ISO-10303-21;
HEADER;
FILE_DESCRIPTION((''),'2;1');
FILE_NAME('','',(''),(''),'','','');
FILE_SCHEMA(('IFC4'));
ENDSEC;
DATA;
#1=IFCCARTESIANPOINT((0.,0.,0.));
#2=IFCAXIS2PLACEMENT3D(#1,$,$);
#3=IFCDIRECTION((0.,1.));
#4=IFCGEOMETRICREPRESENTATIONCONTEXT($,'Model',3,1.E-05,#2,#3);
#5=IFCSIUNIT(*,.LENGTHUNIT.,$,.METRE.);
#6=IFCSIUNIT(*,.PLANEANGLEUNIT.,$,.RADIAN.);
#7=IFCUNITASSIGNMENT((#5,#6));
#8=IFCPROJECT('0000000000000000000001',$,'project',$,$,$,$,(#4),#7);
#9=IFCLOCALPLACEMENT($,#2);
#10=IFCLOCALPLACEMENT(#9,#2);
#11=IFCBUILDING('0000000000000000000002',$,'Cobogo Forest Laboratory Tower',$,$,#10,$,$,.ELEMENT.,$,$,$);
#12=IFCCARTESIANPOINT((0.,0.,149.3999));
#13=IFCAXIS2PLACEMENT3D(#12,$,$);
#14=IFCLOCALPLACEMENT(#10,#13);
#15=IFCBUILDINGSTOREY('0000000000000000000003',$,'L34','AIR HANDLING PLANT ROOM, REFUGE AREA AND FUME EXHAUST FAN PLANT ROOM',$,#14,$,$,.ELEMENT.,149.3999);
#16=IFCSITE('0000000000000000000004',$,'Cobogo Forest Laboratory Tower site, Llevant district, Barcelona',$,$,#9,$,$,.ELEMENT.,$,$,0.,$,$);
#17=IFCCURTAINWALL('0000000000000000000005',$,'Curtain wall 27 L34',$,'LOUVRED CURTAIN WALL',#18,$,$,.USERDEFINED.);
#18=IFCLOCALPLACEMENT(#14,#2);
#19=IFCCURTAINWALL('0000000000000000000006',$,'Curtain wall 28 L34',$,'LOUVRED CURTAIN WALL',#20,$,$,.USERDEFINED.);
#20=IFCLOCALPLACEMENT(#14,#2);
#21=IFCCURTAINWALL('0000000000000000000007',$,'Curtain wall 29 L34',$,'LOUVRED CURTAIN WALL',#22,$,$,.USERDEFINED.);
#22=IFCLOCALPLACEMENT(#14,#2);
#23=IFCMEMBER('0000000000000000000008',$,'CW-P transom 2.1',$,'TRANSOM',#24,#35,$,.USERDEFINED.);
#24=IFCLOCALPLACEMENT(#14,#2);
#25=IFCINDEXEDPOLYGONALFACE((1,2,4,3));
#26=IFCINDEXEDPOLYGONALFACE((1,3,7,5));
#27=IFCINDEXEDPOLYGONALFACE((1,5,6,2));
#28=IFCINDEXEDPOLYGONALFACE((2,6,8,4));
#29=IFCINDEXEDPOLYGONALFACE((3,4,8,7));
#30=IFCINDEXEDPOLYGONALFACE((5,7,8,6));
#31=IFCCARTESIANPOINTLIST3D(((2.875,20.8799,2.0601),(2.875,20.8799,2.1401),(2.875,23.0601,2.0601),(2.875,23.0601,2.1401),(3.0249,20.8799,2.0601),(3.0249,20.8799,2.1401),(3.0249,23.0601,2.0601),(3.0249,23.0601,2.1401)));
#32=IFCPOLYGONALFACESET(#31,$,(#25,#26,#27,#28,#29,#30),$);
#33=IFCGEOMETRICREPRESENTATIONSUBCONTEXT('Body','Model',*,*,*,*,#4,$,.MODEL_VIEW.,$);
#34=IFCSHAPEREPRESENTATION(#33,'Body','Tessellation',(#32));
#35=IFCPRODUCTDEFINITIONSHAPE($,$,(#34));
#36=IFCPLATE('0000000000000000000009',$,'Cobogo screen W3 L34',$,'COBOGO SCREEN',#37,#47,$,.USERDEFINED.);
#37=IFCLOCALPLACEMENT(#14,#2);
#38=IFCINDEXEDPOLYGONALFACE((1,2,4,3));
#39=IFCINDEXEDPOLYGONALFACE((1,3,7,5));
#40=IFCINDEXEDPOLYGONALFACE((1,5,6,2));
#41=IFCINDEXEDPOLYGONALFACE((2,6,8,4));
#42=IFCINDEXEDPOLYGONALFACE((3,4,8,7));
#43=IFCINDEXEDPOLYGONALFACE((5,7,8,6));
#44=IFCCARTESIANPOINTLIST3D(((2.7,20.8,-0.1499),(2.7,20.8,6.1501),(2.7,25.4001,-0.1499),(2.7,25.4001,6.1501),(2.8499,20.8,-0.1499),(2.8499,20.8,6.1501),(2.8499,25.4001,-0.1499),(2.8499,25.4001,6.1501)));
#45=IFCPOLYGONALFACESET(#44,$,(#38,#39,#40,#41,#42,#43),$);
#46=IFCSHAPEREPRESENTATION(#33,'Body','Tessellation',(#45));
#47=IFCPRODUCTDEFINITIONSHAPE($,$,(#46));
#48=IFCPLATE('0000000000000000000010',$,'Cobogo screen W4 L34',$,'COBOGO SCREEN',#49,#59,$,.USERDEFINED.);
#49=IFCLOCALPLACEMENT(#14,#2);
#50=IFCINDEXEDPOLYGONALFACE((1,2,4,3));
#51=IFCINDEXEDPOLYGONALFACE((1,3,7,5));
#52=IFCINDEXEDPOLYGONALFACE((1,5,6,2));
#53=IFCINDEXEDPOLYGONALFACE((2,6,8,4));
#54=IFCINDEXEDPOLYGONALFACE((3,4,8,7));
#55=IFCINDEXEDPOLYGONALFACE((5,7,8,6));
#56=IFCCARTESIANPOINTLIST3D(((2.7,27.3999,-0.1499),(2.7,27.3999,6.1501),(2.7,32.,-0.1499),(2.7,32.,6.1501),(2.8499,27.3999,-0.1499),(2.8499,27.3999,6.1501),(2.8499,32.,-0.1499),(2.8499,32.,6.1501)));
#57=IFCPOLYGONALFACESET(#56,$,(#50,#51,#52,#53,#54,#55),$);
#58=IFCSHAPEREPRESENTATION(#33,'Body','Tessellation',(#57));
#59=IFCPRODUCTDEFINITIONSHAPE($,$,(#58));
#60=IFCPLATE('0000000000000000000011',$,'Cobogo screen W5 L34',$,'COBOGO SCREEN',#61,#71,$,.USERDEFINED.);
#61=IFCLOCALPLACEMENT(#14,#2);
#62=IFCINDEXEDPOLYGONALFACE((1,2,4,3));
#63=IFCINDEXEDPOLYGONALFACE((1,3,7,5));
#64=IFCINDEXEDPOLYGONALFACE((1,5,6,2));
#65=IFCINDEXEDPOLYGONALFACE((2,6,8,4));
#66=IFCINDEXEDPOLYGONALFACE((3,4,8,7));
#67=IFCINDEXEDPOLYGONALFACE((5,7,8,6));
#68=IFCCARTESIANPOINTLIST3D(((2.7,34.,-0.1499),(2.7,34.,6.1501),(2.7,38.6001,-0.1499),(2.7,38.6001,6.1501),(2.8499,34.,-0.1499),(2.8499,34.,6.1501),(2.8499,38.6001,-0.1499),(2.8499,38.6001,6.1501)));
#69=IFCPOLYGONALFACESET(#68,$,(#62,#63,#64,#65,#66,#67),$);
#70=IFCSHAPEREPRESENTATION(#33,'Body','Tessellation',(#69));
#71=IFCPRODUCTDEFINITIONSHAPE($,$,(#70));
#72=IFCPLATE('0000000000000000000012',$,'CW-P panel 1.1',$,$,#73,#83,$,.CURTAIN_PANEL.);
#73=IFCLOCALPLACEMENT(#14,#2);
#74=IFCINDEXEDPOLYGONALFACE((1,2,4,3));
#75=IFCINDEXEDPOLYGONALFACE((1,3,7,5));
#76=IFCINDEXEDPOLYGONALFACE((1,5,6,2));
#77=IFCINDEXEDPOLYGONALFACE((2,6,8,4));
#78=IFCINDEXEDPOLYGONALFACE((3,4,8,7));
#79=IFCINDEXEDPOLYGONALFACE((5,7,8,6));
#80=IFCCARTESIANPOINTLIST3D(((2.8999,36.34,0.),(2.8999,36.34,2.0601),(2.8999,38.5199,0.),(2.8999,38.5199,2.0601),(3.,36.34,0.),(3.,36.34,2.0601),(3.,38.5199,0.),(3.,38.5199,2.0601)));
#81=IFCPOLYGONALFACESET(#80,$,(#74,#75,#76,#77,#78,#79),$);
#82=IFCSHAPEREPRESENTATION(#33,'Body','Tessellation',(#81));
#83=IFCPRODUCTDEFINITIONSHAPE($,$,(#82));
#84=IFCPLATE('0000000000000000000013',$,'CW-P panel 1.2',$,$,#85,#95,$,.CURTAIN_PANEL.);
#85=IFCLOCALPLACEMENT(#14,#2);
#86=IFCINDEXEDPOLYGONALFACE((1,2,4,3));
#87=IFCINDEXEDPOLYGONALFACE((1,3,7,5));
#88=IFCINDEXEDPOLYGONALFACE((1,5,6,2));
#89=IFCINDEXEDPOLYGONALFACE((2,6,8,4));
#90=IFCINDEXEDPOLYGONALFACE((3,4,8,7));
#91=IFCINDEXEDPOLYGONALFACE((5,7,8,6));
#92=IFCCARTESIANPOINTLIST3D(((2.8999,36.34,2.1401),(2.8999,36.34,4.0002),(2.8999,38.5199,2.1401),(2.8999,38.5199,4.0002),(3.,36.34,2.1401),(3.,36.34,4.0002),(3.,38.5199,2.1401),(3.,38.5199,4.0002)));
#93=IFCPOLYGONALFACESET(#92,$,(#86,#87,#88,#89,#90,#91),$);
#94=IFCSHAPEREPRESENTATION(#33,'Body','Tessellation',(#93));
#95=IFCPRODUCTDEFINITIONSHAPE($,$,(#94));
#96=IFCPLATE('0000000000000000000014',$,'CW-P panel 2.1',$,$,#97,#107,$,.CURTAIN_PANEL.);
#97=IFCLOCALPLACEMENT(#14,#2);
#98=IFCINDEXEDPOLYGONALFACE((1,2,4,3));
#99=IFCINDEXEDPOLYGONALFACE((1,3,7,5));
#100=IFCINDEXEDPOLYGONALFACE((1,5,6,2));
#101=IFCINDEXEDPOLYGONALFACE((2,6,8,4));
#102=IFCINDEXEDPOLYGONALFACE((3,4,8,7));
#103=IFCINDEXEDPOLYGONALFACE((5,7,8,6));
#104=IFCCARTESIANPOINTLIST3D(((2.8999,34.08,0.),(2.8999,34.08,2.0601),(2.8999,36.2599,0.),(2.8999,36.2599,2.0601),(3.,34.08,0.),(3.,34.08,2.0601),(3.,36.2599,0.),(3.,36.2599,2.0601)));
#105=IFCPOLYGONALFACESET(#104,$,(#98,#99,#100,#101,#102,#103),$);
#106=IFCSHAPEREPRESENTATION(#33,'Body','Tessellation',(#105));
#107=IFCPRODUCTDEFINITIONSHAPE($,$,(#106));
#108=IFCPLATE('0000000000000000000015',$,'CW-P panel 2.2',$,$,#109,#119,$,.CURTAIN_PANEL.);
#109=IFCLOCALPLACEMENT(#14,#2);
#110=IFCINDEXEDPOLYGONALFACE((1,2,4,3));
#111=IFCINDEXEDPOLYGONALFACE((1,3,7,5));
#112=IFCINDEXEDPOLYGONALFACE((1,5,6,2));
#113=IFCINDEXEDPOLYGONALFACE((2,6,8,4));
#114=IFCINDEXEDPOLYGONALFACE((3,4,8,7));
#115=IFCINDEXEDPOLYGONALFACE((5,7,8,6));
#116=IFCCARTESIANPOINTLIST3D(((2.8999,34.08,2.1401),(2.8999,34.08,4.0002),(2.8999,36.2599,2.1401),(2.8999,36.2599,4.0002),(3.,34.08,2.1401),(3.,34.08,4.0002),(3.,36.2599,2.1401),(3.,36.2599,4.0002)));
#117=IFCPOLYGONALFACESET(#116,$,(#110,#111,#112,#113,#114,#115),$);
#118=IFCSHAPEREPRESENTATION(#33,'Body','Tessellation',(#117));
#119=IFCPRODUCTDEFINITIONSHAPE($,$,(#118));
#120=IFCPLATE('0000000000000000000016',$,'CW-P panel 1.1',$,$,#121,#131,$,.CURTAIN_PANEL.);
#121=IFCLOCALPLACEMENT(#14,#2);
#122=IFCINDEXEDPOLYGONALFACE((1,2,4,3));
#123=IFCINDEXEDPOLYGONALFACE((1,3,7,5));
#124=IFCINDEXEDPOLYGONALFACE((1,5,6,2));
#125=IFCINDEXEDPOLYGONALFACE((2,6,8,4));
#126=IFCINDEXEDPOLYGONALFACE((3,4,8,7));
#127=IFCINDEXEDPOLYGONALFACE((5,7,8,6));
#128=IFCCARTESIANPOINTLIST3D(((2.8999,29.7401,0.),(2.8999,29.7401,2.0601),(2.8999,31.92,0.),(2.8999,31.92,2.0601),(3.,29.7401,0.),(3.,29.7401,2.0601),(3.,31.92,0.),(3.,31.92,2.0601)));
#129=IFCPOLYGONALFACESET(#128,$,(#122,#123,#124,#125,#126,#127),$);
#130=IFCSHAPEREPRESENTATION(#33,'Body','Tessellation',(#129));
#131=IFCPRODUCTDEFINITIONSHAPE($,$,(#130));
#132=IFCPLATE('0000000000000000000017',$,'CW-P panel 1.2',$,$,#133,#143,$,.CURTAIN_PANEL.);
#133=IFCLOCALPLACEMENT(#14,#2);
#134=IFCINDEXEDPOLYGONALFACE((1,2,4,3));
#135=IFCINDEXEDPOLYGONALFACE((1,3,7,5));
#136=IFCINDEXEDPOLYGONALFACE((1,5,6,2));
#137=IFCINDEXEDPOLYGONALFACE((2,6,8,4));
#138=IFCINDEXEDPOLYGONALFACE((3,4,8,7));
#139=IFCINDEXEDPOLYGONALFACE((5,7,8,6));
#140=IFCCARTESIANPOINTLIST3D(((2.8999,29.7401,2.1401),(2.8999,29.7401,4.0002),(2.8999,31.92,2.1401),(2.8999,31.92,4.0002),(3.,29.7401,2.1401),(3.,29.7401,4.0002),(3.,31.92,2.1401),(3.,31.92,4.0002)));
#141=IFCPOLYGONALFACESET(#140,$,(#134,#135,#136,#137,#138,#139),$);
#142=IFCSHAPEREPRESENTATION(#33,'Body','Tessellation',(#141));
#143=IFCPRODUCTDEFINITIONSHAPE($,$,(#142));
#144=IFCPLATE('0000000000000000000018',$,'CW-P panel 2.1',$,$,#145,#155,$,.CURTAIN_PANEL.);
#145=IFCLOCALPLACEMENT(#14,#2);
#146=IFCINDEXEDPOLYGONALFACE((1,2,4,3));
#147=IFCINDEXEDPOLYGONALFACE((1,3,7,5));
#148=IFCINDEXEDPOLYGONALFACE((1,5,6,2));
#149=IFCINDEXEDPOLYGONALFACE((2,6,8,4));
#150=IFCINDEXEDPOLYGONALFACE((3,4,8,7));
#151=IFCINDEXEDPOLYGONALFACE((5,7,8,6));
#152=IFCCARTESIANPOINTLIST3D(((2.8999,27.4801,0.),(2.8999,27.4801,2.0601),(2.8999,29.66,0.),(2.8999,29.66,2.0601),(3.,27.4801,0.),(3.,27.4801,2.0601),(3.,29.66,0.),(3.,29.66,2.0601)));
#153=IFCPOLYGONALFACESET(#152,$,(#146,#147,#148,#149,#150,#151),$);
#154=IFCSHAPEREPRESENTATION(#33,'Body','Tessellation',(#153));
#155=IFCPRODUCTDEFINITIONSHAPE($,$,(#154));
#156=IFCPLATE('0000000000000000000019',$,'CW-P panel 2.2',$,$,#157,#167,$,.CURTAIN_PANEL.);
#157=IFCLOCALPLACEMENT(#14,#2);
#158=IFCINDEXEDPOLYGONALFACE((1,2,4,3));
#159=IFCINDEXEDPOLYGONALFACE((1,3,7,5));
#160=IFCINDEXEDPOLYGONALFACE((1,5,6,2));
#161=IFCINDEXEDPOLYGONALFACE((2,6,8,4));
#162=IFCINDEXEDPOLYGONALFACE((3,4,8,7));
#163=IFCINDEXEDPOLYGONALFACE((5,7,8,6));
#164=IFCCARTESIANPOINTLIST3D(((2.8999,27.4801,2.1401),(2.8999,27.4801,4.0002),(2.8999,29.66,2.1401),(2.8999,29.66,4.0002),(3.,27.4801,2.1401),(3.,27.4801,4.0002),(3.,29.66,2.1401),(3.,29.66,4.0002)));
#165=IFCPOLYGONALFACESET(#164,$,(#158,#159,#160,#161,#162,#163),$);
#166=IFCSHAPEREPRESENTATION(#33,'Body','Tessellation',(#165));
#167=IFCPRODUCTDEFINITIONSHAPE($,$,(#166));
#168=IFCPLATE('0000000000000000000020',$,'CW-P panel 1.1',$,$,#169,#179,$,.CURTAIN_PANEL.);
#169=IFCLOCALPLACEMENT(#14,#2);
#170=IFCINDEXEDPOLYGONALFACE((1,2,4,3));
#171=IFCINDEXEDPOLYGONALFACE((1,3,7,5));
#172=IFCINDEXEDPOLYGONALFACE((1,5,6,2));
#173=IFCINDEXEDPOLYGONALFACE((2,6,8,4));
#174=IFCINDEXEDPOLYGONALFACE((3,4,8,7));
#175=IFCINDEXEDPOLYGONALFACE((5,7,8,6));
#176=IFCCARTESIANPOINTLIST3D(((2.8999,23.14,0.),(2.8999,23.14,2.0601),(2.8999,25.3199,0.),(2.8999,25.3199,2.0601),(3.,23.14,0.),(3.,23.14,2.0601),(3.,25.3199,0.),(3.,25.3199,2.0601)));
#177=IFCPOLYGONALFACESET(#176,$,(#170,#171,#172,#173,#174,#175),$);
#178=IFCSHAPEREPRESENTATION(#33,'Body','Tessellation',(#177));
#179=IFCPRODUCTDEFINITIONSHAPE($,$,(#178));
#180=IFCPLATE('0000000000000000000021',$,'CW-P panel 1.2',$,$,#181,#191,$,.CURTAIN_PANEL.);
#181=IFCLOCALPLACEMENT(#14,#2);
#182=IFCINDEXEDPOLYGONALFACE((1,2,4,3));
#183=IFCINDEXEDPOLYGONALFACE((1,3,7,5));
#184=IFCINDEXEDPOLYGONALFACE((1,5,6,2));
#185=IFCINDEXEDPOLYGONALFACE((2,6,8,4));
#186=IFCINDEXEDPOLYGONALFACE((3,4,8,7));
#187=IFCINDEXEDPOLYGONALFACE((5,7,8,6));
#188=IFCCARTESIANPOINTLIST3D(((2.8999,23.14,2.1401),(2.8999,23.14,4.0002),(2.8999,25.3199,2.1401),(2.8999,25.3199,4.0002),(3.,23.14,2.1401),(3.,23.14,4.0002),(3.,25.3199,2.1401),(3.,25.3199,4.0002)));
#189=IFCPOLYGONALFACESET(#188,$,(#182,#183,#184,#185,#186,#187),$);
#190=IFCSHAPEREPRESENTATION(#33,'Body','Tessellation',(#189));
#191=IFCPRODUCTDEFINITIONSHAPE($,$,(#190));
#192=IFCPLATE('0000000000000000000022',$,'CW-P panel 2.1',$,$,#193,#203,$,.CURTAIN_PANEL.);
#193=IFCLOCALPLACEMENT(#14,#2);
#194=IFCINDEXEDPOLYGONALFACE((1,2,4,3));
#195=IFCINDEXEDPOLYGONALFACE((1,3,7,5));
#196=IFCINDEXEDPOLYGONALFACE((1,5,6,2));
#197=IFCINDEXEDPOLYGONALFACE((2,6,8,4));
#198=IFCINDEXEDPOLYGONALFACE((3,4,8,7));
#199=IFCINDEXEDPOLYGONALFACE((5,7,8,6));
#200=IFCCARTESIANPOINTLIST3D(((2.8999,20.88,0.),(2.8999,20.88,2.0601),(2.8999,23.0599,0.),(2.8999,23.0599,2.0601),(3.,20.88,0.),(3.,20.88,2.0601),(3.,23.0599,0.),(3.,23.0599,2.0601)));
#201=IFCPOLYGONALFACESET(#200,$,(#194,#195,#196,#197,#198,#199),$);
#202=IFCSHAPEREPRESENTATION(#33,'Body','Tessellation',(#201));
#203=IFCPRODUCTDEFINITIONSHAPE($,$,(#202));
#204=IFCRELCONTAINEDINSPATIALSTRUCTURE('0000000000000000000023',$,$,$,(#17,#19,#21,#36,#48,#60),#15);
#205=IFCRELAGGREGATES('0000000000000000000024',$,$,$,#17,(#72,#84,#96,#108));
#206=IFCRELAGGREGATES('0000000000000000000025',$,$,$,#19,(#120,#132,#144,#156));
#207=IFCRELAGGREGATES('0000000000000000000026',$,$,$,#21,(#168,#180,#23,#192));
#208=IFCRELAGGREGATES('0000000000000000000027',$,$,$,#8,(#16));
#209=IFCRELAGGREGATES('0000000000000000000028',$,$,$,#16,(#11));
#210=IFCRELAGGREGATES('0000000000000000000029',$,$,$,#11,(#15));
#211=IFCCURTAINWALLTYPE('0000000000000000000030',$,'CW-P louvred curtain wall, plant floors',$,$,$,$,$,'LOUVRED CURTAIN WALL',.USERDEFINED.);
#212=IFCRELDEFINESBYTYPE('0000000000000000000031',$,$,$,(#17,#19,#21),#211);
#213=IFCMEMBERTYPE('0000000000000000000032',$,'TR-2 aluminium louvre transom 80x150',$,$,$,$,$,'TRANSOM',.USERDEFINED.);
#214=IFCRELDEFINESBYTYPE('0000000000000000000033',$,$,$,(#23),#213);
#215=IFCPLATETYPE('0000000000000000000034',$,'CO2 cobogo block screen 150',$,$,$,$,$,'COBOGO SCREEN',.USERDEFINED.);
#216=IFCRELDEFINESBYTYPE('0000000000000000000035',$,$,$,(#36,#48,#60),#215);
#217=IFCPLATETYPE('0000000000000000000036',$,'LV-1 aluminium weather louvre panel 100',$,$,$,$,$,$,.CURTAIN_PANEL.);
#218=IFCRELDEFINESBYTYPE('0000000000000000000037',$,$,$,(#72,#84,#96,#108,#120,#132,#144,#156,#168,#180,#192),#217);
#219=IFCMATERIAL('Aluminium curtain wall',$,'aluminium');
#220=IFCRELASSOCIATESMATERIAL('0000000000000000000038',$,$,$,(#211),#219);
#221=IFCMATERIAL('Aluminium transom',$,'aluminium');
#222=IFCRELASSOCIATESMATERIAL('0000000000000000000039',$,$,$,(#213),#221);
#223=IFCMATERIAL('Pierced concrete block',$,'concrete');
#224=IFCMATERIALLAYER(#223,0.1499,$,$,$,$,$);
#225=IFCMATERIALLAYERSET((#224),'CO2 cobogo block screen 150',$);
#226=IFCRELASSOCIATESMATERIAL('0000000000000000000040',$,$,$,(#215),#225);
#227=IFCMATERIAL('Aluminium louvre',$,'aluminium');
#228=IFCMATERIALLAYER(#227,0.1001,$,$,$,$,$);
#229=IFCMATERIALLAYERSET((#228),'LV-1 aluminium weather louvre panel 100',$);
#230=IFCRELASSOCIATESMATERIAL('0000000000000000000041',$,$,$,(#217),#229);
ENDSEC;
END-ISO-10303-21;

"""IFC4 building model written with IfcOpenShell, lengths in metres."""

from ifc_helpers import new_model, si_unit, direction, frame, origin, origin_2d, place, context, subcontext, project, spatial, rectangle, extrude, material, layer, layer_set, material_profile, profile_set, type_object, element, aggregate, save


model = new_model("IFC4")

# Units and contexts
model_context = context("Model", 3, precision=1e-05, world=origin(), true_north=direction((0.0, 1.0)))
body_context = subcontext(model_context, "Body", "Model", "MODEL_VIEW")
ifc_project = project(units=[si_unit("LENGTHUNIT", "METRE"), si_unit("PLANEANGLEUNIT", "RADIAN")], contexts=[model_context])

# Site, building, storey
site_placement = place(None, origin())
site = spatial("IfcSite", under=ifc_project, at=site_placement, Name="Cobogo Forest Laboratory Tower site, Llevant district, Barcelona", CompositionType="ELEMENT", RefElevation=0.0)
building_placement = place(site_placement, origin())
building = spatial("IfcBuilding", under=site, at=building_placement, Name="Cobogo Forest Laboratory Tower", CompositionType="ELEMENT")
storey_placement = place(building_placement, frame((0.0, 0.0, 149.3999)))
storey = spatial("IfcBuildingStorey", under=building, at=storey_placement, Name="L34", Description="AIR HANDLING PLANT ROOM, REFUGE AREA AND FUME EXHAUST FAN PLANT ROOM", CompositionType="ELEMENT", Elevation=149.3999)

# Curtain walls
ifc_material_1 = material(Name="Aluminium curtain wall", Category="aluminium")
curtain_wall_type = type_object("IfcCurtainWallType", Name="CW-P louvred curtain wall, plant floors", ElementType="LOUVRED CURTAIN WALL", PredefinedType="USERDEFINED", material=ifc_material_1)
curtain_wall_1_placement = place(storey_placement, origin())
curtain_wall_1 = element("IfcCurtainWall", 1, at=curtain_wall_1_placement, inside=storey, type_object=curtain_wall_type, Name="Curtain wall 27 L34", ObjectType="LOUVRED CURTAIN WALL", PredefinedType="USERDEFINED")
curtain_wall_2_placement = place(storey_placement, origin())
curtain_wall_2 = element("IfcCurtainWall", 2, at=curtain_wall_2_placement, inside=storey, type_object=curtain_wall_type, Name="Curtain wall 28 L34", ObjectType="LOUVRED CURTAIN WALL", PredefinedType="USERDEFINED")
curtain_wall_3_placement = place(storey_placement, origin())
curtain_wall_3 = element("IfcCurtainWall", 3, at=curtain_wall_3_placement, inside=storey, type_object=curtain_wall_type, Name="Curtain wall 29 L34", ObjectType="LOUVRED CURTAIN WALL", PredefinedType="USERDEFINED")

# Member
ifc_material_2 = material(Name="Aluminium transom", Category="aluminium")
ifc_material_profile_1 = material_profile(ifc_material_2, rectangle(XDim=0.1499, YDim=0.0801, at=origin_2d()), Name="AL 80x150")
ifc_profile_set_1 = profile_set([ifc_material_profile_1], Name="Aluminium transom")
member_type_1 = type_object("IfcMemberType", Name="TR-2 aluminium louvre transom 80x150", ElementType="TRANSOM", PredefinedType="USERDEFINED", material=ifc_profile_set_1)
member_1_placement = place(storey_placement, frame((2.95, 23.0601, 2.1001), z_axis=(0.0, -1.0, 0.0), x_axis=(1.0, 0.0, 0.0)))
member_1 = element("IfcMember", 4, at=member_1_placement, type_object=member_type_1, Name="CW-P transom 2.1", ObjectType="TRANSOM", PredefinedType="USERDEFINED", context=body_context, shape_type="SweptSolid", body=[
    extrude(rectangle(XDim=0.1499, YDim=0.0801, at=origin_2d()), origin(), (0.0, 0.0, 1.0), 2.1802),
])

# Plates
ifc_material_3 = material(Name="Pierced concrete block", Category="concrete")
ifc_layer_1 = layer(ifc_material_3, 0.1499)
ifc_layer_set_1 = layer_set([ifc_layer_1], Name="CO2 cobogo block screen 150")
plate_type_1 = type_object("IfcPlateType", Name="CO2 cobogo block screen 150", ElementType="COBOGO SCREEN", PredefinedType="USERDEFINED", material=ifc_layer_set_1)
for number, where, z_axis, x_axis, name in (
    (5, (2.7749, 23.1001, -0.1499), (0.0, 0.0, 1.0), (0.0, 1.0, 0.0), "Cobogo screen W3 L34"),
    (6, (2.7749, 29.7, -0.1499), (0.0, 0.0, 1.0), (0.0, 1.0, 0.0), "Cobogo screen W4 L34"),
    (7, (2.7749, 36.3, -0.1499), (0.0, 0.0, 1.0), (0.0, 1.0, 0.0), "Cobogo screen W5 L34"),
):
    element("IfcPlate", number, at=place(storey_placement, frame(where, z_axis=z_axis, x_axis=x_axis)), inside=storey, type_object=plate_type_1, Name=name, ObjectType="COBOGO SCREEN", PredefinedType="USERDEFINED", context=body_context, shape_type="SweptSolid", body=[
        extrude(rectangle(XDim=4.6001, YDim=0.1499, at=origin_2d()), origin(), (0.0, 0.0, 1.0), 6.3),
    ])

# Plates
ifc_material_4 = material(Name="Aluminium louvre", Category="aluminium")
ifc_layer_2 = layer(ifc_material_4, 0.1001)
ifc_layer_set_2 = layer_set([ifc_layer_2], Name="LV-1 aluminium weather louvre panel 100")
plate_type_2 = type_object("IfcPlateType", Name="LV-1 aluminium weather louvre panel 100", PredefinedType="CURTAIN_PANEL", material=ifc_layer_set_2)
plate_1_placement = place(storey_placement, frame((2.95, 37.4299, 0.0), z_axis=(0.0, 0.0, 1.0), x_axis=(0.0, -1.0, 0.0)))
plate_1 = element("IfcPlate", 8, at=plate_1_placement, type_object=plate_type_2, Name="CW-P panel 1.1", PredefinedType="CURTAIN_PANEL", context=body_context, shape_type="SweptSolid", body=[
    extrude(rectangle(XDim=2.1799, YDim=0.1001, at=origin_2d()), origin(), (0.0, 0.0, 1.0), 2.0601),
])
plate_2_placement = place(storey_placement, frame((2.95, 37.4299, 2.1401), z_axis=(0.0, 0.0, 1.0), x_axis=(0.0, -1.0, 0.0)))
plate_2 = element("IfcPlate", 9, at=plate_2_placement, type_object=plate_type_2, Name="CW-P panel 1.2", PredefinedType="CURTAIN_PANEL", context=body_context, shape_type="SweptSolid", body=[
    extrude(rectangle(XDim=2.1799, YDim=0.1001, at=origin_2d()), origin(), (0.0, 0.0, 1.0), 1.8601),
])
plate_3_placement = place(storey_placement, frame((2.95, 35.1699, 0.0), z_axis=(0.0, 0.0, 1.0), x_axis=(0.0, -1.0, 0.0)))
plate_3 = element("IfcPlate", 10, at=plate_3_placement, type_object=plate_type_2, Name="CW-P panel 2.1", PredefinedType="CURTAIN_PANEL", context=body_context, shape_type="SweptSolid", body=[
    extrude(rectangle(XDim=2.1799, YDim=0.1001, at=origin_2d()), origin(), (0.0, 0.0, 1.0), 2.0601),
])
plate_4_placement = place(storey_placement, frame((2.95, 35.1699, 2.1401), z_axis=(0.0, 0.0, 1.0), x_axis=(0.0, -1.0, 0.0)))
plate_4 = element("IfcPlate", 11, at=plate_4_placement, type_object=plate_type_2, Name="CW-P panel 2.2", PredefinedType="CURTAIN_PANEL", context=body_context, shape_type="SweptSolid", body=[
    extrude(rectangle(XDim=2.1799, YDim=0.1001, at=origin_2d()), origin(), (0.0, 0.0, 1.0), 1.8601),
])
aggregate(curtain_wall_1, [plate_1, plate_2, plate_3, plate_4])
plate_5_placement = place(storey_placement, frame((2.95, 30.8301, 0.0), z_axis=(0.0, 0.0, 1.0), x_axis=(0.0, -1.0, 0.0)))
plate_5 = element("IfcPlate", 12, at=plate_5_placement, type_object=plate_type_2, Name="CW-P panel 1.1", PredefinedType="CURTAIN_PANEL", context=body_context, shape_type="SweptSolid", body=[
    extrude(rectangle(XDim=2.1799, YDim=0.1001, at=origin_2d()), origin(), (0.0, 0.0, 1.0), 2.0601),
])
plate_6_placement = place(storey_placement, frame((2.95, 30.8301, 2.1401), z_axis=(0.0, 0.0, 1.0), x_axis=(0.0, -1.0, 0.0)))
plate_6 = element("IfcPlate", 13, at=plate_6_placement, type_object=plate_type_2, Name="CW-P panel 1.2", PredefinedType="CURTAIN_PANEL", context=body_context, shape_type="SweptSolid", body=[
    extrude(rectangle(XDim=2.1799, YDim=0.1001, at=origin_2d()), origin(), (0.0, 0.0, 1.0), 1.8601),
])
plate_7_placement = place(storey_placement, frame((2.95, 28.5701, 0.0), z_axis=(0.0, 0.0, 1.0), x_axis=(0.0, -1.0, 0.0)))
plate_7 = element("IfcPlate", 14, at=plate_7_placement, type_object=plate_type_2, Name="CW-P panel 2.1", PredefinedType="CURTAIN_PANEL", context=body_context, shape_type="SweptSolid", body=[
    extrude(rectangle(XDim=2.1799, YDim=0.1001, at=origin_2d()), origin(), (0.0, 0.0, 1.0), 2.0601),
])
plate_8_placement = place(storey_placement, frame((2.95, 28.5701, 2.1401), z_axis=(0.0, 0.0, 1.0), x_axis=(0.0, -1.0, 0.0)))
plate_8 = element("IfcPlate", 15, at=plate_8_placement, type_object=plate_type_2, Name="CW-P panel 2.2", PredefinedType="CURTAIN_PANEL", context=body_context, shape_type="SweptSolid", body=[
    extrude(rectangle(XDim=2.1799, YDim=0.1001, at=origin_2d()), origin(), (0.0, 0.0, 1.0), 1.8601),
])
aggregate(curtain_wall_2, [plate_5, plate_6, plate_7, plate_8])
plate_9_placement = place(storey_placement, frame((2.95, 24.23, 0.0), z_axis=(0.0, 0.0, 1.0), x_axis=(0.0, -1.0, 0.0)))
plate_9 = element("IfcPlate", 16, at=plate_9_placement, type_object=plate_type_2, Name="CW-P panel 1.1", PredefinedType="CURTAIN_PANEL", context=body_context, shape_type="SweptSolid", body=[
    extrude(rectangle(XDim=2.1799, YDim=0.1001, at=origin_2d()), origin(), (0.0, 0.0, 1.0), 2.0601),
])
plate_10_placement = place(storey_placement, frame((2.95, 24.23, 2.1401), z_axis=(0.0, 0.0, 1.0), x_axis=(0.0, -1.0, 0.0)))
plate_10 = element("IfcPlate", 17, at=plate_10_placement, type_object=plate_type_2, Name="CW-P panel 1.2", PredefinedType="CURTAIN_PANEL", context=body_context, shape_type="SweptSolid", body=[
    extrude(rectangle(XDim=2.1799, YDim=0.1001, at=origin_2d()), origin(), (0.0, 0.0, 1.0), 1.8601),
])
plate_11_placement = place(storey_placement, frame((2.95, 21.97, 0.0), z_axis=(0.0, 0.0, 1.0), x_axis=(0.0, -1.0, 0.0)))
plate_11 = element("IfcPlate", 18, at=plate_11_placement, type_object=plate_type_2, Name="CW-P panel 2.1", PredefinedType="CURTAIN_PANEL", context=body_context, shape_type="SweptSolid", body=[
    extrude(rectangle(XDim=2.1799, YDim=0.1001, at=origin_2d()), origin(), (0.0, 0.0, 1.0), 2.0601),
])
aggregate(curtain_wall_3, [plate_9, plate_10, member_1, plate_11])

save(model, "model.ifc")
